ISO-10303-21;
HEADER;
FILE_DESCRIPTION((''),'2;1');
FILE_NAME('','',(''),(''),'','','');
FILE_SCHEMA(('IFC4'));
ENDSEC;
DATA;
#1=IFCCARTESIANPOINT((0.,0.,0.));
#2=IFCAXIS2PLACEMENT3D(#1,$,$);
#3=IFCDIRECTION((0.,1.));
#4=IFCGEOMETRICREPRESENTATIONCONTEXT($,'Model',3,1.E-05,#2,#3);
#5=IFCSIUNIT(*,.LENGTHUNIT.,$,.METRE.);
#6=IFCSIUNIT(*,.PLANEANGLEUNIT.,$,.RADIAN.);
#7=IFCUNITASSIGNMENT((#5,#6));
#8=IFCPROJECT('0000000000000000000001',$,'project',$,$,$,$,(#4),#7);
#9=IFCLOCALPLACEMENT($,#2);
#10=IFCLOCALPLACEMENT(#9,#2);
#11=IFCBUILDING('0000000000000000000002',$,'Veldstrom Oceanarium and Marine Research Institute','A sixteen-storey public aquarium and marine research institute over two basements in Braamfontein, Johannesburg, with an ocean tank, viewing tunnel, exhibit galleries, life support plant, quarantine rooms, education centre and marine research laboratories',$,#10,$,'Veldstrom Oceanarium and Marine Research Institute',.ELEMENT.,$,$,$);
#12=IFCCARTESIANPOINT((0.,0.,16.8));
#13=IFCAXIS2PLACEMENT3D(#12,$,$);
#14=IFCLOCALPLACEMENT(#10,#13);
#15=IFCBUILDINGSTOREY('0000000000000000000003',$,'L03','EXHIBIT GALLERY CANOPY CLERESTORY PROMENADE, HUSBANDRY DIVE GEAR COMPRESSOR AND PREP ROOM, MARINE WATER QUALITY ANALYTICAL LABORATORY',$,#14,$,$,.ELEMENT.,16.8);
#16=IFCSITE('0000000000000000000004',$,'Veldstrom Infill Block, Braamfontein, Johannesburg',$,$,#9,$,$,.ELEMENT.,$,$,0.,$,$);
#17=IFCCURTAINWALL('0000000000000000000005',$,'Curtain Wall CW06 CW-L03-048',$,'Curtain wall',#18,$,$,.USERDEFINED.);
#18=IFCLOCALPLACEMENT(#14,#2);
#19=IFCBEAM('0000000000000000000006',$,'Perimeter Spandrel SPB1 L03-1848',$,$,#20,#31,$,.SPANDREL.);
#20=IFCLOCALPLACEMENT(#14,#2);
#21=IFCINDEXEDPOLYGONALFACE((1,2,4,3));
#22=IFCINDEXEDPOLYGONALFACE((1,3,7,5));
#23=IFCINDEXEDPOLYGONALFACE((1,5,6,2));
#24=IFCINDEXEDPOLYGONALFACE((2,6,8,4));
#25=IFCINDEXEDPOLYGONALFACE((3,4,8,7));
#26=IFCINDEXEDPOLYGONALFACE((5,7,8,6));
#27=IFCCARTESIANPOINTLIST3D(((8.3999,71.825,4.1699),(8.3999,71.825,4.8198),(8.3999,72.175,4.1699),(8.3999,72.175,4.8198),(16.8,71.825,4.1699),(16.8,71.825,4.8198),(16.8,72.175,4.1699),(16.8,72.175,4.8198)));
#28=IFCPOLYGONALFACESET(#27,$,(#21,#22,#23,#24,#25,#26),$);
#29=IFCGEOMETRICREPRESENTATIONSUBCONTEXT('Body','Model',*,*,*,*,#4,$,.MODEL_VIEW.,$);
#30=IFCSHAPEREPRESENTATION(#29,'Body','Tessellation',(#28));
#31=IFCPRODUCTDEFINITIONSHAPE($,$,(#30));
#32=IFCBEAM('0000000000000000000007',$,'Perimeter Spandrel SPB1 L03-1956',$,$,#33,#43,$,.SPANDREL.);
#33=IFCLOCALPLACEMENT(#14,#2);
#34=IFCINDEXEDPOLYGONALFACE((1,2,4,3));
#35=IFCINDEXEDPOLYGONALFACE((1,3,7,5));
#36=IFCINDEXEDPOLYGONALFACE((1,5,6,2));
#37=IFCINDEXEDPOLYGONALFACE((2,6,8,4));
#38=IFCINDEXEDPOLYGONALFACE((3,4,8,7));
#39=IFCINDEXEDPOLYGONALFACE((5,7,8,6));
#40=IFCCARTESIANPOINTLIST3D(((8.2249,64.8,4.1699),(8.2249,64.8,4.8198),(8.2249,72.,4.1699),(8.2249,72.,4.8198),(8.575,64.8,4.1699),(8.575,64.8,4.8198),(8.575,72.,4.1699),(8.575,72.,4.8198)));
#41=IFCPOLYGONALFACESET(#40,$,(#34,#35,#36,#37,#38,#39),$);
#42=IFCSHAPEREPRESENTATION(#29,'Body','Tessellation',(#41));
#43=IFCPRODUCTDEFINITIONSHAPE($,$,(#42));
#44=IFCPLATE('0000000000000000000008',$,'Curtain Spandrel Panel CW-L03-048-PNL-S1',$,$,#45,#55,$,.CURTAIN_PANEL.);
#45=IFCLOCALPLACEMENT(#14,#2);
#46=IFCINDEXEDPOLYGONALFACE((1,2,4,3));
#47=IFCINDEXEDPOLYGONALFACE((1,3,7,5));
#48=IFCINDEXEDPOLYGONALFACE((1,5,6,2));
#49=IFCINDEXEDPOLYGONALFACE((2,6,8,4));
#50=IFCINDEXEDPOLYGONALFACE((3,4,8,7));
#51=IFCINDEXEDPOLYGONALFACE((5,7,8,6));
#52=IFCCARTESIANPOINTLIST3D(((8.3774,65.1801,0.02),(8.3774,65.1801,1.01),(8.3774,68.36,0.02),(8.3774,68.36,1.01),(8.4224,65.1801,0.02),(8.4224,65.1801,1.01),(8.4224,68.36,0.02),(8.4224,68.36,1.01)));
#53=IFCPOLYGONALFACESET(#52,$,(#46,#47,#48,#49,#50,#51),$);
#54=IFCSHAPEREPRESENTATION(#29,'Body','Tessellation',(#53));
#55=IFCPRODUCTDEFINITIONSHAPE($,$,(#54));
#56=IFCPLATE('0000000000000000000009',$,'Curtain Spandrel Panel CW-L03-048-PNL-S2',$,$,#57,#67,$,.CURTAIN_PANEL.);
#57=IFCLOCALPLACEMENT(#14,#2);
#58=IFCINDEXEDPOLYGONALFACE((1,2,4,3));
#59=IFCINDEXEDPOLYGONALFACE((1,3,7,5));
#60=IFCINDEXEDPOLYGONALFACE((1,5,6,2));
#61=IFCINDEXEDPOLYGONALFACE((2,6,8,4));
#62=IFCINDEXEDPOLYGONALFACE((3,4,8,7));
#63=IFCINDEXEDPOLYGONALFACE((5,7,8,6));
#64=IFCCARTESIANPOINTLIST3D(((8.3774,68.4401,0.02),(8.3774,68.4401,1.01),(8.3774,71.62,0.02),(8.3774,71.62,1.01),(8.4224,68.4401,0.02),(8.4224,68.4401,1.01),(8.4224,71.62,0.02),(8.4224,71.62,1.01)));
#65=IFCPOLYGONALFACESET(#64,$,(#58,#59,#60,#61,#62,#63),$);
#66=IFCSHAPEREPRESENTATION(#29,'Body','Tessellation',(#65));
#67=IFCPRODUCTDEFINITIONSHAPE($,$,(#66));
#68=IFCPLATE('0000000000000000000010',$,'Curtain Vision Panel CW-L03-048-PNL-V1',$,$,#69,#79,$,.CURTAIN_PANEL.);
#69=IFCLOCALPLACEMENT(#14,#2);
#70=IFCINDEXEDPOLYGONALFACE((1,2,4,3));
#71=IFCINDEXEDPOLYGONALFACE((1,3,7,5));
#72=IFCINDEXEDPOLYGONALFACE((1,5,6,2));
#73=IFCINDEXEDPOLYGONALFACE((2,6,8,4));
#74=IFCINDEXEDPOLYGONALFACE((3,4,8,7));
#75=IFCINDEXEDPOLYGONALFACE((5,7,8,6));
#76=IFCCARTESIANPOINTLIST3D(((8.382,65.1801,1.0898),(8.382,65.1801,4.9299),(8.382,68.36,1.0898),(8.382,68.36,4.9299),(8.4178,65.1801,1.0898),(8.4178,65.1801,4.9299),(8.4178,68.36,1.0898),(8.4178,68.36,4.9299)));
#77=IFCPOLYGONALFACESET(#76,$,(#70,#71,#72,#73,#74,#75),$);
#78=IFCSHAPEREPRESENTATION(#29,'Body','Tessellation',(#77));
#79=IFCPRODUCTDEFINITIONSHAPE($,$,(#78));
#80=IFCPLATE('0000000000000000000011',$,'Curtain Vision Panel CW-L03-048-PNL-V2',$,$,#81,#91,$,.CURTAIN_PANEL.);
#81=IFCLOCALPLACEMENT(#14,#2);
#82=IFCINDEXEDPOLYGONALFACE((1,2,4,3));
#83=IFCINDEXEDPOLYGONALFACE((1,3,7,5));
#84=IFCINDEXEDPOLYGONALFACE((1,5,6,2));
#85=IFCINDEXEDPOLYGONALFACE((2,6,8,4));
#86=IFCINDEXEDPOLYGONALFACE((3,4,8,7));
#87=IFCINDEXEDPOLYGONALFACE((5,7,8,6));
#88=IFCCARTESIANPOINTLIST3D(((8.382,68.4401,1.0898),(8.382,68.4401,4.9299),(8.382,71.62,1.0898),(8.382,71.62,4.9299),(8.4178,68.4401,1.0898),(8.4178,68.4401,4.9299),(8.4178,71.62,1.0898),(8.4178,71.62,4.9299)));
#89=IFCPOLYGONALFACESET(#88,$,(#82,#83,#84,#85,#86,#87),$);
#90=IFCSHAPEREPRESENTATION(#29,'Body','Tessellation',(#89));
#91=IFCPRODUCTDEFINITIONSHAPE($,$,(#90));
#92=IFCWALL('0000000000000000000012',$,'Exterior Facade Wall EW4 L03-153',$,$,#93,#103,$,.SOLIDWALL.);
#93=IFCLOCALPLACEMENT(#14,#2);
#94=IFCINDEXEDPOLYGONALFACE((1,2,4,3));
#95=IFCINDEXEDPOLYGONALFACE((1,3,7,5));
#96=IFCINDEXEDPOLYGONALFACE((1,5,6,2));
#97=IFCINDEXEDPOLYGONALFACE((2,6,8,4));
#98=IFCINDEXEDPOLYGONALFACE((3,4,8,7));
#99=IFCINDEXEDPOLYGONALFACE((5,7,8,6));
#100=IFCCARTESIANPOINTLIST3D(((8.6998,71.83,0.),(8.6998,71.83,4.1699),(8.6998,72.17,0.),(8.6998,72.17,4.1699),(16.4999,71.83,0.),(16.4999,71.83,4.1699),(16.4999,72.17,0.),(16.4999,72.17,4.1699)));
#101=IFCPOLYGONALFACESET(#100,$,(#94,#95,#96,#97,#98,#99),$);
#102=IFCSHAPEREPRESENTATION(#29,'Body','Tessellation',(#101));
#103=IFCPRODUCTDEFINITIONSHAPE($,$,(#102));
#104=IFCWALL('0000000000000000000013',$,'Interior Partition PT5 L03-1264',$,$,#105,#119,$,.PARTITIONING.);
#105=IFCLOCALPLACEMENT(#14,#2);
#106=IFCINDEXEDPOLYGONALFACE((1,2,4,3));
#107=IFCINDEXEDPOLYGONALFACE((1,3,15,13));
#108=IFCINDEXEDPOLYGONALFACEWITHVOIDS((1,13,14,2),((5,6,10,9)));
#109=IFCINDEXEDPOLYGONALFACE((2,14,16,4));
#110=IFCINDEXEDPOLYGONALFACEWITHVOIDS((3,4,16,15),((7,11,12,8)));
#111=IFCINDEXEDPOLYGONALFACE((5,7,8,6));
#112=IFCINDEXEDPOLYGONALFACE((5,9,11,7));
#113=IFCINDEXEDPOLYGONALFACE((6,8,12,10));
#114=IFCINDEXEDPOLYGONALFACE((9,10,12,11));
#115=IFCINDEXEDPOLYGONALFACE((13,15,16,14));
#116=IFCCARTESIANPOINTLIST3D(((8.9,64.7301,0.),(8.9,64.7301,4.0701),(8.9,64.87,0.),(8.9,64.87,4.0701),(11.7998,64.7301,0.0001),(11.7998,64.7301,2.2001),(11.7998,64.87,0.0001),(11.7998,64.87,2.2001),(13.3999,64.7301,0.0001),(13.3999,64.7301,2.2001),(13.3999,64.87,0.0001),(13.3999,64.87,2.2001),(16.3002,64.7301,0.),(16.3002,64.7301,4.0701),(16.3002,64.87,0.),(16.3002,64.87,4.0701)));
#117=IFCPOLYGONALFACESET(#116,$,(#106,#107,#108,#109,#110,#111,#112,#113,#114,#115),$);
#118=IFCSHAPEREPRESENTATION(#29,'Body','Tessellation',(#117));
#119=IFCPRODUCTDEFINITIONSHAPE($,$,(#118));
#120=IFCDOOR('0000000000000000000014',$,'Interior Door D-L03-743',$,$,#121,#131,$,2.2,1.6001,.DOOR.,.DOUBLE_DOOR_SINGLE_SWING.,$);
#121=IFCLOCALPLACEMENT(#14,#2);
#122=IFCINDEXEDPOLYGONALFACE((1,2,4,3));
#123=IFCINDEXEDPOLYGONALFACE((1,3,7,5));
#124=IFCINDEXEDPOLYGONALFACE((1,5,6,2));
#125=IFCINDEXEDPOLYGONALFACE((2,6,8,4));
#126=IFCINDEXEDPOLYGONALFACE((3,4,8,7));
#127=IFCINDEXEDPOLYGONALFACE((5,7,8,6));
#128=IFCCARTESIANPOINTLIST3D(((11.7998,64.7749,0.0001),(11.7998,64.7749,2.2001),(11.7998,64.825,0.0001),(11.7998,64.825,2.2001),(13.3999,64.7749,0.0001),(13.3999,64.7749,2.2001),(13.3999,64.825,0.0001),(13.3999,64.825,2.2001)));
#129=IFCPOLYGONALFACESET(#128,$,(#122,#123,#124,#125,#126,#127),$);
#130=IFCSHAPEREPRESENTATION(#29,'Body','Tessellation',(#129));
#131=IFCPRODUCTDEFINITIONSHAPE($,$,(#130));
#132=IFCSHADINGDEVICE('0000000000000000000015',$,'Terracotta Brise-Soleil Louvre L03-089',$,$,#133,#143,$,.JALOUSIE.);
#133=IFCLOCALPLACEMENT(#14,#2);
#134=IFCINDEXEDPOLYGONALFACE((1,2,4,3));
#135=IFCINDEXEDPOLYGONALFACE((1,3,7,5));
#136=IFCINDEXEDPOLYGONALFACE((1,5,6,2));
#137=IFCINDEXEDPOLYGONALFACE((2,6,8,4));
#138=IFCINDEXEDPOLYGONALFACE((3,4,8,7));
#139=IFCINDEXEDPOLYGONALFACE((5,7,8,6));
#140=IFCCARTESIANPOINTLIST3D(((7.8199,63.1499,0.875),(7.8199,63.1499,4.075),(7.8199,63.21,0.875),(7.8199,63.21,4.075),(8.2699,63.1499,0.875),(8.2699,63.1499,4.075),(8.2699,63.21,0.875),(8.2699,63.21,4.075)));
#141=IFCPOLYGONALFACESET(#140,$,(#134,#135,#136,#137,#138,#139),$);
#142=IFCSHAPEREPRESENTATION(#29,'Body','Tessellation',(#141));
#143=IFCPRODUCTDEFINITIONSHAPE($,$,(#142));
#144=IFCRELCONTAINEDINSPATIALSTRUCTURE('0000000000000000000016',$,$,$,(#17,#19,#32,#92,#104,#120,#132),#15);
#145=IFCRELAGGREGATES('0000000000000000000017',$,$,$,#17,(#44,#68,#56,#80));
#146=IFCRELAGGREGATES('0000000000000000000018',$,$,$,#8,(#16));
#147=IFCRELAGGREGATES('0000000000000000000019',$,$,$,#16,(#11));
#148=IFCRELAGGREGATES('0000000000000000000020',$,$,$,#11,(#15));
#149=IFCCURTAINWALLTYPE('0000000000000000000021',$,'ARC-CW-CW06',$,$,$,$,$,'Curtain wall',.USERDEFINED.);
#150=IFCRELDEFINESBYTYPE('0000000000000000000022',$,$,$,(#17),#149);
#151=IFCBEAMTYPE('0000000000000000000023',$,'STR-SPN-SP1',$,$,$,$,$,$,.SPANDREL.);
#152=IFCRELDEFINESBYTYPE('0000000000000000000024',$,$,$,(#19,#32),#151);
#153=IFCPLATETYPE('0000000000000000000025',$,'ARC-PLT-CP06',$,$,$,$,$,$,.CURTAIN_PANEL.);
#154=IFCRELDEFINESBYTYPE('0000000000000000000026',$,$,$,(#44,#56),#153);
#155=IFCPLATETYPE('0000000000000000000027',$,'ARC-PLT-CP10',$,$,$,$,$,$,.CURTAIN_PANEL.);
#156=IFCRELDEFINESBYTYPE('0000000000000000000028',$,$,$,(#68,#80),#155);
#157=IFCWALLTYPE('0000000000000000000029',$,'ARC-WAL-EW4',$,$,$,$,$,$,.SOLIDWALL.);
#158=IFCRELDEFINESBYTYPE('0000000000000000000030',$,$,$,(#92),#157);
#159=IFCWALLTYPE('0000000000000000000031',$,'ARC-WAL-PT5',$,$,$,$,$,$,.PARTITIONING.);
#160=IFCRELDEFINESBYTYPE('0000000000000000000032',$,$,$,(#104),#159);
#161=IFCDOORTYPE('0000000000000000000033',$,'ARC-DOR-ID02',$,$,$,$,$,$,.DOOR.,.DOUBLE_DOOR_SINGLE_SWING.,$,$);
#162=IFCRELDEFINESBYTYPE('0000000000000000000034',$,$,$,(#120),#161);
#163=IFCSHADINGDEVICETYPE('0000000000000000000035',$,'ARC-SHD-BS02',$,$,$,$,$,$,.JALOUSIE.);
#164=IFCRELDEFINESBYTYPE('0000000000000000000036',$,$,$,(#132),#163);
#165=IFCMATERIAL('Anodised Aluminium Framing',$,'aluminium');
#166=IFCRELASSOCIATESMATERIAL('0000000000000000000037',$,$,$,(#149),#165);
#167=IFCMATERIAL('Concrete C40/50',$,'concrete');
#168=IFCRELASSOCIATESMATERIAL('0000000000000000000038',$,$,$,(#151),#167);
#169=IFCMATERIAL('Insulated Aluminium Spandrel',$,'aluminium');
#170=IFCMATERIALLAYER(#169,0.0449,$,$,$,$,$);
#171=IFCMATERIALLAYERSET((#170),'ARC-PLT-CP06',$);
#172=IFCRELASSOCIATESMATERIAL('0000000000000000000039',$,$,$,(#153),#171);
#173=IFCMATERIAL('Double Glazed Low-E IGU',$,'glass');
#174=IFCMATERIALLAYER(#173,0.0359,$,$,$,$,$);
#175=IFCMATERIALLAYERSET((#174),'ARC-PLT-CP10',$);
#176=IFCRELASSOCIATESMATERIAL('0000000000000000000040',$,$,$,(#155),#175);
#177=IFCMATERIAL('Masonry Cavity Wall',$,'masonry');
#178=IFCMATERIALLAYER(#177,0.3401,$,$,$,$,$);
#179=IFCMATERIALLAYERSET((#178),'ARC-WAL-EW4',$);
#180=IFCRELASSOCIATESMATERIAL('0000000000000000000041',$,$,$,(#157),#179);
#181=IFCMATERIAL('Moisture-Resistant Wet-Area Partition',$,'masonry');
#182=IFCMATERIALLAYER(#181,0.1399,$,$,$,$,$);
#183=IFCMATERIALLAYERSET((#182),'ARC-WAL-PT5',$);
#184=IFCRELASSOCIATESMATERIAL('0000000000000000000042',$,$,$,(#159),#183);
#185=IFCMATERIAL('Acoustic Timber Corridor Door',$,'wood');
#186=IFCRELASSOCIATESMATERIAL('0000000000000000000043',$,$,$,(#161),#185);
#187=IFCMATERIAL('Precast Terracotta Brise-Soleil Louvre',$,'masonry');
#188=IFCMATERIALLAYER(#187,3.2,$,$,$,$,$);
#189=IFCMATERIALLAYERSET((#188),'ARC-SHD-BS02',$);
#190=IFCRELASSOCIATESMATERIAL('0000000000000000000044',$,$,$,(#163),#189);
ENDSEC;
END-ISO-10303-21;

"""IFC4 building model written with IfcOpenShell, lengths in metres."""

from ifc_helpers import new_model, si_unit, direction, frame, frame_2d, origin, origin_2d, place, context, subcontext, project, spatial, rectangle, extrude, material, layer, layer_set, material_profile, profile_set, type_object, element, fill, aggregate, save


model = new_model("IFC4")

# Units and contexts
model_context = context("Model", 3, precision=1e-05, world=origin(), true_north=direction((0.0, 1.0)))
body_context = subcontext(model_context, "Body", "Model", "MODEL_VIEW")
ifc_project = project(units=[si_unit("LENGTHUNIT", "METRE"), si_unit("PLANEANGLEUNIT", "RADIAN")], contexts=[model_context])

# Site, building, storey
site_placement = place(None, origin())
site = spatial("IfcSite", under=ifc_project, at=site_placement, Name="Veldstrom Infill Block, Braamfontein, Johannesburg", CompositionType="ELEMENT", RefElevation=0.0)
building_placement = place(site_placement, origin())
building = spatial("IfcBuilding", under=site, at=building_placement, Name="Veldstrom Oceanarium and Marine Research Institute", Description="A sixteen-storey public aquarium and marine research institute over two basements in Braamfontein, Johannesburg, with an ocean tank, viewing tunnel, exhibit galleries, life support plant, quarantine rooms, education centre and marine research laboratories", LongName="Veldstrom Oceanarium and Marine Research Institute", CompositionType="ELEMENT")
storey_placement = place(building_placement, frame((0.0, 0.0, 16.8)))
storey = spatial("IfcBuildingStorey", under=building, at=storey_placement, Name="L03", Description="EXHIBIT GALLERY CANOPY CLERESTORY PROMENADE, HUSBANDRY DIVE GEAR COMPRESSOR AND PREP ROOM, MARINE WATER QUALITY ANALYTICAL LABORATORY", CompositionType="ELEMENT", Elevation=16.8)

# Curtain wall
ifc_material_1 = material(Name="Anodised Aluminium Framing", Category="aluminium")
curtain_wall_type = type_object("IfcCurtainWallType", Name="ARC-CW-CW06", ElementType="Curtain wall", PredefinedType="USERDEFINED", material=ifc_material_1)
curtain_wall_placement = place(storey_placement, origin())
curtain_wall = element("IfcCurtainWall", 1, at=curtain_wall_placement, inside=storey, type_object=curtain_wall_type, Name="Curtain Wall CW06 CW-L03-048", ObjectType="Curtain wall", PredefinedType="USERDEFINED")

# Beams
ifc_material_2 = material(Name="Concrete C40/50", Category="concrete")
ifc_material_profile_1 = material_profile(ifc_material_2, rectangle(XDim=0.3501, YDim=0.6499, at=origin_2d()), Name="RC-SPN-350x650")
ifc_profile_set_1 = profile_set([ifc_material_profile_1], Name="Concrete C40/50")
beam_type_1 = type_object("IfcBeamType", Name="STR-SPN-SP1", PredefinedType="SPANDREL", material=ifc_profile_set_1)
beam_1_placement = place(storey_placement, frame((8.3999, 72.0, 4.4949), z_axis=(1.0, 0.0, 0.0), x_axis=(0.0, 1.0, 0.0)))
element("IfcBeam", 2, at=beam_1_placement, inside=storey, type_object=beam_type_1, Name="Perimeter Spandrel SPB1 L03-1848", PredefinedType="SPANDREL", context=body_context, shape_type="SweptSolid", body=[
    extrude(rectangle(XDim=0.3501, YDim=0.6499, at=origin_2d()), origin(), (0.0, 0.0, 1.0), 8.4001),
])
beam_2_placement = place(storey_placement, frame((8.3999, 64.8, 4.4949), z_axis=(0.0, 1.0, 0.0), x_axis=(-1.0, 0.0, 0.0)))
element("IfcBeam", 3, at=beam_2_placement, inside=storey, type_object=beam_type_1, Name="Perimeter Spandrel SPB1 L03-1956", PredefinedType="SPANDREL", context=body_context, shape_type="SweptSolid", body=[
    extrude(rectangle(XDim=0.3501, YDim=0.6499, at=origin_2d()), origin(), (0.0, 0.0, 1.0), 7.2),
])

# Plates
ifc_material_3 = material(Name="Insulated Aluminium Spandrel", Category="aluminium")
ifc_layer_1 = layer(ifc_material_3, 0.0449)
ifc_layer_set_1 = layer_set([ifc_layer_1], Name="ARC-PLT-CP06")
plate_type_1 = type_object("IfcPlateType", Name="ARC-PLT-CP06", PredefinedType="CURTAIN_PANEL", material=ifc_layer_set_1)
plate_1_placement = place(storey_placement, frame((8.3999, 66.77, 0.02), z_axis=(0.0, 0.0, 1.0), x_axis=(0.0, 1.0, 0.0)))
plate_1 = element("IfcPlate", 4, at=plate_1_placement, type_object=plate_type_1, Name="Curtain Spandrel Panel CW-L03-048-PNL-S1", PredefinedType="CURTAIN_PANEL", context=body_context, shape_type="SweptSolid", body=[
    extrude(rectangle(XDim=3.1799, YDim=0.0449, at=origin_2d()), origin(), (0.0, 0.0, 1.0), 0.99),
])
plate_2_placement = place(storey_placement, frame((8.3999, 70.03, 0.02), z_axis=(0.0, 0.0, 1.0), x_axis=(0.0, 1.0, 0.0)))
plate_2 = element("IfcPlate", 5, at=plate_2_placement, type_object=plate_type_1, Name="Curtain Spandrel Panel CW-L03-048-PNL-S2", PredefinedType="CURTAIN_PANEL", context=body_context, shape_type="SweptSolid", body=[
    extrude(rectangle(XDim=3.1799, YDim=0.0449, at=origin_2d()), origin(), (0.0, 0.0, 1.0), 0.99),
])
ifc_material_4 = material(Name="Double Glazed Low-E IGU", Category="glass")
ifc_layer_2 = layer(ifc_material_4, 0.0359)
ifc_layer_set_2 = layer_set([ifc_layer_2], Name="ARC-PLT-CP10")
plate_type_2 = type_object("IfcPlateType", Name="ARC-PLT-CP10", PredefinedType="CURTAIN_PANEL", material=ifc_layer_set_2)
plate_3_placement = place(storey_placement, frame((8.3999, 66.77, 1.0898), z_axis=(0.0, 0.0, 1.0), x_axis=(0.0, 1.0, 0.0)))
plate_3 = element("IfcPlate", 6, at=plate_3_placement, type_object=plate_type_2, Name="Curtain Vision Panel CW-L03-048-PNL-V1", PredefinedType="CURTAIN_PANEL", context=body_context, shape_type="SweptSolid", body=[
    extrude(rectangle(XDim=3.1799, YDim=0.0359, at=origin_2d()), origin(), (0.0, 0.0, 1.0), 3.8401),
])
plate_4_placement = place(storey_placement, frame((8.3999, 70.03, 1.0898), z_axis=(0.0, 0.0, 1.0), x_axis=(0.0, 1.0, 0.0)))
plate_4 = element("IfcPlate", 7, at=plate_4_placement, type_object=plate_type_2, Name="Curtain Vision Panel CW-L03-048-PNL-V2", PredefinedType="CURTAIN_PANEL", context=body_context, shape_type="SweptSolid", body=[
    extrude(rectangle(XDim=3.1799, YDim=0.0359, at=origin_2d()), origin(), (0.0, 0.0, 1.0), 3.8401),
])
aggregate(curtain_wall, [plate_1, plate_3, plate_2, plate_4])

# Wall
ifc_material_5 = material(Name="Masonry Cavity Wall", Category="masonry")
ifc_layer_3 = layer(ifc_material_5, 0.3401)
ifc_layer_set_3 = layer_set([ifc_layer_3], Name="ARC-WAL-EW4")
wall_type_1 = type_object("IfcWallType", Name="ARC-WAL-EW4", PredefinedType="SOLIDWALL", material=ifc_layer_set_3)
wall_1_placement = place(storey_placement, frame((8.7, 72.0, 0.0), z_axis=(0.0, 0.0, 1.0), x_axis=(1.0, 0.0, 0.0)))
element("IfcWall", 8, at=wall_1_placement, inside=storey, type_object=wall_type_1, Name="Exterior Facade Wall EW4 L03-153", PredefinedType="SOLIDWALL", context=body_context, shape_type="SweptSolid", body=[
    extrude(rectangle(XDim=7.8, YDim=0.3401, at=frame_2d((3.8999, 0.0))), origin(), (0.0, 0.0, 1.0), 4.1699),
])

# Wall, opening, door
ifc_material_6 = material(Name="Moisture-Resistant Wet-Area Partition", Category="masonry")
ifc_layer_4 = layer(ifc_material_6, 0.1399)
ifc_layer_set_4 = layer_set([ifc_layer_4], Name="ARC-WAL-PT5")
wall_type_2 = type_object("IfcWallType", Name="ARC-WAL-PT5", PredefinedType="PARTITIONING", material=ifc_layer_set_4)
wall_2_placement = place(storey_placement, frame((8.8999, 64.8, 0.0), z_axis=(0.0, 0.0, 1.0), x_axis=(1.0, 0.0, 0.0)))
wall_2 = element("IfcWall", 9, at=wall_2_placement, inside=storey, type_object=wall_type_2, Name="Interior Partition PT5 L03-1264", PredefinedType="PARTITIONING", context=body_context, shape_type="SweptSolid", body=[
    extrude(rectangle(XDim=7.4001, YDim=0.1399, at=frame_2d((3.7002, 0.0))), origin(), (0.0, 0.0, 1.0), 4.0701),
])
opening_placement = place(wall_2_placement, frame((2.8999, 0.0, 0.0)))
opening = element("IfcOpeningElement", 10, at=opening_placement, cuts=wall_2, PredefinedType="OPENING", context=body_context, shape_type="SweptSolid", body=[
    extrude(rectangle(XDim=1.6001, YDim=2.2, at=frame_2d((0.8, 1.1001))), frame((0.0, 0.0798, 0.0), z_axis=(0.0, -1.0, 0.0), x_axis=(1.0, 0.0, 0.0)), (0.0, 0.0, 1.0), 0.1599),
])
ifc_material_7 = material(Name="Acoustic Timber Corridor Door", Category="wood")
door_type = type_object("IfcDoorType", Name="ARC-DOR-ID02", OperationType="DOUBLE_DOOR_SINGLE_SWING", PredefinedType="DOOR", material=ifc_material_7)
door_placement = place(opening_placement, origin())
door = element("IfcDoor", 11, at=door_placement, inside=storey, type_object=door_type, Name="Interior Door D-L03-743", OperationType="DOUBLE_DOOR_SINGLE_SWING", OverallHeight=2.2, OverallWidth=1.6001, PredefinedType="DOOR", context=body_context, shape_type="SweptSolid", body=[
    extrude(rectangle(XDim=1.6001, YDim=2.2, at=frame_2d((0.8, 1.1001))), frame((0.0, 0.0249, 0.0), z_axis=(0.0, -1.0, 0.0), x_axis=(1.0, 0.0, 0.0)), (0.0, 0.0, 1.0), 0.05),
])
fill(opening, door)

# Shading device
ifc_material_8 = material(Name="Precast Terracotta Brise-Soleil Louvre", Category="masonry")
ifc_layer_5 = layer(ifc_material_8, 3.2)
ifc_layer_set_5 = layer_set([ifc_layer_5], Name="ARC-SHD-BS02")
shading_device_type = type_object("IfcShadingDeviceType", Name="ARC-SHD-BS02", PredefinedType="JALOUSIE", material=ifc_layer_set_5)
shading_device_placement = place(storey_placement, frame((8.0449, 63.1799, 0.875), z_axis=(0.0, 0.0, 1.0), x_axis=(1.0, 0.0, 0.0)))
element("IfcShadingDevice", 12, at=shading_device_placement, inside=storey, type_object=shading_device_type, Name="Terracotta Brise-Soleil Louvre L03-089", PredefinedType="JALOUSIE", context=body_context, shape_type="SweptSolid", body=[
    extrude(rectangle(XDim=0.45, YDim=0.0601, at=origin_2d()), origin(), (0.0, 0.0, 1.0), 3.2),
])

save(model, "model.ifc")
